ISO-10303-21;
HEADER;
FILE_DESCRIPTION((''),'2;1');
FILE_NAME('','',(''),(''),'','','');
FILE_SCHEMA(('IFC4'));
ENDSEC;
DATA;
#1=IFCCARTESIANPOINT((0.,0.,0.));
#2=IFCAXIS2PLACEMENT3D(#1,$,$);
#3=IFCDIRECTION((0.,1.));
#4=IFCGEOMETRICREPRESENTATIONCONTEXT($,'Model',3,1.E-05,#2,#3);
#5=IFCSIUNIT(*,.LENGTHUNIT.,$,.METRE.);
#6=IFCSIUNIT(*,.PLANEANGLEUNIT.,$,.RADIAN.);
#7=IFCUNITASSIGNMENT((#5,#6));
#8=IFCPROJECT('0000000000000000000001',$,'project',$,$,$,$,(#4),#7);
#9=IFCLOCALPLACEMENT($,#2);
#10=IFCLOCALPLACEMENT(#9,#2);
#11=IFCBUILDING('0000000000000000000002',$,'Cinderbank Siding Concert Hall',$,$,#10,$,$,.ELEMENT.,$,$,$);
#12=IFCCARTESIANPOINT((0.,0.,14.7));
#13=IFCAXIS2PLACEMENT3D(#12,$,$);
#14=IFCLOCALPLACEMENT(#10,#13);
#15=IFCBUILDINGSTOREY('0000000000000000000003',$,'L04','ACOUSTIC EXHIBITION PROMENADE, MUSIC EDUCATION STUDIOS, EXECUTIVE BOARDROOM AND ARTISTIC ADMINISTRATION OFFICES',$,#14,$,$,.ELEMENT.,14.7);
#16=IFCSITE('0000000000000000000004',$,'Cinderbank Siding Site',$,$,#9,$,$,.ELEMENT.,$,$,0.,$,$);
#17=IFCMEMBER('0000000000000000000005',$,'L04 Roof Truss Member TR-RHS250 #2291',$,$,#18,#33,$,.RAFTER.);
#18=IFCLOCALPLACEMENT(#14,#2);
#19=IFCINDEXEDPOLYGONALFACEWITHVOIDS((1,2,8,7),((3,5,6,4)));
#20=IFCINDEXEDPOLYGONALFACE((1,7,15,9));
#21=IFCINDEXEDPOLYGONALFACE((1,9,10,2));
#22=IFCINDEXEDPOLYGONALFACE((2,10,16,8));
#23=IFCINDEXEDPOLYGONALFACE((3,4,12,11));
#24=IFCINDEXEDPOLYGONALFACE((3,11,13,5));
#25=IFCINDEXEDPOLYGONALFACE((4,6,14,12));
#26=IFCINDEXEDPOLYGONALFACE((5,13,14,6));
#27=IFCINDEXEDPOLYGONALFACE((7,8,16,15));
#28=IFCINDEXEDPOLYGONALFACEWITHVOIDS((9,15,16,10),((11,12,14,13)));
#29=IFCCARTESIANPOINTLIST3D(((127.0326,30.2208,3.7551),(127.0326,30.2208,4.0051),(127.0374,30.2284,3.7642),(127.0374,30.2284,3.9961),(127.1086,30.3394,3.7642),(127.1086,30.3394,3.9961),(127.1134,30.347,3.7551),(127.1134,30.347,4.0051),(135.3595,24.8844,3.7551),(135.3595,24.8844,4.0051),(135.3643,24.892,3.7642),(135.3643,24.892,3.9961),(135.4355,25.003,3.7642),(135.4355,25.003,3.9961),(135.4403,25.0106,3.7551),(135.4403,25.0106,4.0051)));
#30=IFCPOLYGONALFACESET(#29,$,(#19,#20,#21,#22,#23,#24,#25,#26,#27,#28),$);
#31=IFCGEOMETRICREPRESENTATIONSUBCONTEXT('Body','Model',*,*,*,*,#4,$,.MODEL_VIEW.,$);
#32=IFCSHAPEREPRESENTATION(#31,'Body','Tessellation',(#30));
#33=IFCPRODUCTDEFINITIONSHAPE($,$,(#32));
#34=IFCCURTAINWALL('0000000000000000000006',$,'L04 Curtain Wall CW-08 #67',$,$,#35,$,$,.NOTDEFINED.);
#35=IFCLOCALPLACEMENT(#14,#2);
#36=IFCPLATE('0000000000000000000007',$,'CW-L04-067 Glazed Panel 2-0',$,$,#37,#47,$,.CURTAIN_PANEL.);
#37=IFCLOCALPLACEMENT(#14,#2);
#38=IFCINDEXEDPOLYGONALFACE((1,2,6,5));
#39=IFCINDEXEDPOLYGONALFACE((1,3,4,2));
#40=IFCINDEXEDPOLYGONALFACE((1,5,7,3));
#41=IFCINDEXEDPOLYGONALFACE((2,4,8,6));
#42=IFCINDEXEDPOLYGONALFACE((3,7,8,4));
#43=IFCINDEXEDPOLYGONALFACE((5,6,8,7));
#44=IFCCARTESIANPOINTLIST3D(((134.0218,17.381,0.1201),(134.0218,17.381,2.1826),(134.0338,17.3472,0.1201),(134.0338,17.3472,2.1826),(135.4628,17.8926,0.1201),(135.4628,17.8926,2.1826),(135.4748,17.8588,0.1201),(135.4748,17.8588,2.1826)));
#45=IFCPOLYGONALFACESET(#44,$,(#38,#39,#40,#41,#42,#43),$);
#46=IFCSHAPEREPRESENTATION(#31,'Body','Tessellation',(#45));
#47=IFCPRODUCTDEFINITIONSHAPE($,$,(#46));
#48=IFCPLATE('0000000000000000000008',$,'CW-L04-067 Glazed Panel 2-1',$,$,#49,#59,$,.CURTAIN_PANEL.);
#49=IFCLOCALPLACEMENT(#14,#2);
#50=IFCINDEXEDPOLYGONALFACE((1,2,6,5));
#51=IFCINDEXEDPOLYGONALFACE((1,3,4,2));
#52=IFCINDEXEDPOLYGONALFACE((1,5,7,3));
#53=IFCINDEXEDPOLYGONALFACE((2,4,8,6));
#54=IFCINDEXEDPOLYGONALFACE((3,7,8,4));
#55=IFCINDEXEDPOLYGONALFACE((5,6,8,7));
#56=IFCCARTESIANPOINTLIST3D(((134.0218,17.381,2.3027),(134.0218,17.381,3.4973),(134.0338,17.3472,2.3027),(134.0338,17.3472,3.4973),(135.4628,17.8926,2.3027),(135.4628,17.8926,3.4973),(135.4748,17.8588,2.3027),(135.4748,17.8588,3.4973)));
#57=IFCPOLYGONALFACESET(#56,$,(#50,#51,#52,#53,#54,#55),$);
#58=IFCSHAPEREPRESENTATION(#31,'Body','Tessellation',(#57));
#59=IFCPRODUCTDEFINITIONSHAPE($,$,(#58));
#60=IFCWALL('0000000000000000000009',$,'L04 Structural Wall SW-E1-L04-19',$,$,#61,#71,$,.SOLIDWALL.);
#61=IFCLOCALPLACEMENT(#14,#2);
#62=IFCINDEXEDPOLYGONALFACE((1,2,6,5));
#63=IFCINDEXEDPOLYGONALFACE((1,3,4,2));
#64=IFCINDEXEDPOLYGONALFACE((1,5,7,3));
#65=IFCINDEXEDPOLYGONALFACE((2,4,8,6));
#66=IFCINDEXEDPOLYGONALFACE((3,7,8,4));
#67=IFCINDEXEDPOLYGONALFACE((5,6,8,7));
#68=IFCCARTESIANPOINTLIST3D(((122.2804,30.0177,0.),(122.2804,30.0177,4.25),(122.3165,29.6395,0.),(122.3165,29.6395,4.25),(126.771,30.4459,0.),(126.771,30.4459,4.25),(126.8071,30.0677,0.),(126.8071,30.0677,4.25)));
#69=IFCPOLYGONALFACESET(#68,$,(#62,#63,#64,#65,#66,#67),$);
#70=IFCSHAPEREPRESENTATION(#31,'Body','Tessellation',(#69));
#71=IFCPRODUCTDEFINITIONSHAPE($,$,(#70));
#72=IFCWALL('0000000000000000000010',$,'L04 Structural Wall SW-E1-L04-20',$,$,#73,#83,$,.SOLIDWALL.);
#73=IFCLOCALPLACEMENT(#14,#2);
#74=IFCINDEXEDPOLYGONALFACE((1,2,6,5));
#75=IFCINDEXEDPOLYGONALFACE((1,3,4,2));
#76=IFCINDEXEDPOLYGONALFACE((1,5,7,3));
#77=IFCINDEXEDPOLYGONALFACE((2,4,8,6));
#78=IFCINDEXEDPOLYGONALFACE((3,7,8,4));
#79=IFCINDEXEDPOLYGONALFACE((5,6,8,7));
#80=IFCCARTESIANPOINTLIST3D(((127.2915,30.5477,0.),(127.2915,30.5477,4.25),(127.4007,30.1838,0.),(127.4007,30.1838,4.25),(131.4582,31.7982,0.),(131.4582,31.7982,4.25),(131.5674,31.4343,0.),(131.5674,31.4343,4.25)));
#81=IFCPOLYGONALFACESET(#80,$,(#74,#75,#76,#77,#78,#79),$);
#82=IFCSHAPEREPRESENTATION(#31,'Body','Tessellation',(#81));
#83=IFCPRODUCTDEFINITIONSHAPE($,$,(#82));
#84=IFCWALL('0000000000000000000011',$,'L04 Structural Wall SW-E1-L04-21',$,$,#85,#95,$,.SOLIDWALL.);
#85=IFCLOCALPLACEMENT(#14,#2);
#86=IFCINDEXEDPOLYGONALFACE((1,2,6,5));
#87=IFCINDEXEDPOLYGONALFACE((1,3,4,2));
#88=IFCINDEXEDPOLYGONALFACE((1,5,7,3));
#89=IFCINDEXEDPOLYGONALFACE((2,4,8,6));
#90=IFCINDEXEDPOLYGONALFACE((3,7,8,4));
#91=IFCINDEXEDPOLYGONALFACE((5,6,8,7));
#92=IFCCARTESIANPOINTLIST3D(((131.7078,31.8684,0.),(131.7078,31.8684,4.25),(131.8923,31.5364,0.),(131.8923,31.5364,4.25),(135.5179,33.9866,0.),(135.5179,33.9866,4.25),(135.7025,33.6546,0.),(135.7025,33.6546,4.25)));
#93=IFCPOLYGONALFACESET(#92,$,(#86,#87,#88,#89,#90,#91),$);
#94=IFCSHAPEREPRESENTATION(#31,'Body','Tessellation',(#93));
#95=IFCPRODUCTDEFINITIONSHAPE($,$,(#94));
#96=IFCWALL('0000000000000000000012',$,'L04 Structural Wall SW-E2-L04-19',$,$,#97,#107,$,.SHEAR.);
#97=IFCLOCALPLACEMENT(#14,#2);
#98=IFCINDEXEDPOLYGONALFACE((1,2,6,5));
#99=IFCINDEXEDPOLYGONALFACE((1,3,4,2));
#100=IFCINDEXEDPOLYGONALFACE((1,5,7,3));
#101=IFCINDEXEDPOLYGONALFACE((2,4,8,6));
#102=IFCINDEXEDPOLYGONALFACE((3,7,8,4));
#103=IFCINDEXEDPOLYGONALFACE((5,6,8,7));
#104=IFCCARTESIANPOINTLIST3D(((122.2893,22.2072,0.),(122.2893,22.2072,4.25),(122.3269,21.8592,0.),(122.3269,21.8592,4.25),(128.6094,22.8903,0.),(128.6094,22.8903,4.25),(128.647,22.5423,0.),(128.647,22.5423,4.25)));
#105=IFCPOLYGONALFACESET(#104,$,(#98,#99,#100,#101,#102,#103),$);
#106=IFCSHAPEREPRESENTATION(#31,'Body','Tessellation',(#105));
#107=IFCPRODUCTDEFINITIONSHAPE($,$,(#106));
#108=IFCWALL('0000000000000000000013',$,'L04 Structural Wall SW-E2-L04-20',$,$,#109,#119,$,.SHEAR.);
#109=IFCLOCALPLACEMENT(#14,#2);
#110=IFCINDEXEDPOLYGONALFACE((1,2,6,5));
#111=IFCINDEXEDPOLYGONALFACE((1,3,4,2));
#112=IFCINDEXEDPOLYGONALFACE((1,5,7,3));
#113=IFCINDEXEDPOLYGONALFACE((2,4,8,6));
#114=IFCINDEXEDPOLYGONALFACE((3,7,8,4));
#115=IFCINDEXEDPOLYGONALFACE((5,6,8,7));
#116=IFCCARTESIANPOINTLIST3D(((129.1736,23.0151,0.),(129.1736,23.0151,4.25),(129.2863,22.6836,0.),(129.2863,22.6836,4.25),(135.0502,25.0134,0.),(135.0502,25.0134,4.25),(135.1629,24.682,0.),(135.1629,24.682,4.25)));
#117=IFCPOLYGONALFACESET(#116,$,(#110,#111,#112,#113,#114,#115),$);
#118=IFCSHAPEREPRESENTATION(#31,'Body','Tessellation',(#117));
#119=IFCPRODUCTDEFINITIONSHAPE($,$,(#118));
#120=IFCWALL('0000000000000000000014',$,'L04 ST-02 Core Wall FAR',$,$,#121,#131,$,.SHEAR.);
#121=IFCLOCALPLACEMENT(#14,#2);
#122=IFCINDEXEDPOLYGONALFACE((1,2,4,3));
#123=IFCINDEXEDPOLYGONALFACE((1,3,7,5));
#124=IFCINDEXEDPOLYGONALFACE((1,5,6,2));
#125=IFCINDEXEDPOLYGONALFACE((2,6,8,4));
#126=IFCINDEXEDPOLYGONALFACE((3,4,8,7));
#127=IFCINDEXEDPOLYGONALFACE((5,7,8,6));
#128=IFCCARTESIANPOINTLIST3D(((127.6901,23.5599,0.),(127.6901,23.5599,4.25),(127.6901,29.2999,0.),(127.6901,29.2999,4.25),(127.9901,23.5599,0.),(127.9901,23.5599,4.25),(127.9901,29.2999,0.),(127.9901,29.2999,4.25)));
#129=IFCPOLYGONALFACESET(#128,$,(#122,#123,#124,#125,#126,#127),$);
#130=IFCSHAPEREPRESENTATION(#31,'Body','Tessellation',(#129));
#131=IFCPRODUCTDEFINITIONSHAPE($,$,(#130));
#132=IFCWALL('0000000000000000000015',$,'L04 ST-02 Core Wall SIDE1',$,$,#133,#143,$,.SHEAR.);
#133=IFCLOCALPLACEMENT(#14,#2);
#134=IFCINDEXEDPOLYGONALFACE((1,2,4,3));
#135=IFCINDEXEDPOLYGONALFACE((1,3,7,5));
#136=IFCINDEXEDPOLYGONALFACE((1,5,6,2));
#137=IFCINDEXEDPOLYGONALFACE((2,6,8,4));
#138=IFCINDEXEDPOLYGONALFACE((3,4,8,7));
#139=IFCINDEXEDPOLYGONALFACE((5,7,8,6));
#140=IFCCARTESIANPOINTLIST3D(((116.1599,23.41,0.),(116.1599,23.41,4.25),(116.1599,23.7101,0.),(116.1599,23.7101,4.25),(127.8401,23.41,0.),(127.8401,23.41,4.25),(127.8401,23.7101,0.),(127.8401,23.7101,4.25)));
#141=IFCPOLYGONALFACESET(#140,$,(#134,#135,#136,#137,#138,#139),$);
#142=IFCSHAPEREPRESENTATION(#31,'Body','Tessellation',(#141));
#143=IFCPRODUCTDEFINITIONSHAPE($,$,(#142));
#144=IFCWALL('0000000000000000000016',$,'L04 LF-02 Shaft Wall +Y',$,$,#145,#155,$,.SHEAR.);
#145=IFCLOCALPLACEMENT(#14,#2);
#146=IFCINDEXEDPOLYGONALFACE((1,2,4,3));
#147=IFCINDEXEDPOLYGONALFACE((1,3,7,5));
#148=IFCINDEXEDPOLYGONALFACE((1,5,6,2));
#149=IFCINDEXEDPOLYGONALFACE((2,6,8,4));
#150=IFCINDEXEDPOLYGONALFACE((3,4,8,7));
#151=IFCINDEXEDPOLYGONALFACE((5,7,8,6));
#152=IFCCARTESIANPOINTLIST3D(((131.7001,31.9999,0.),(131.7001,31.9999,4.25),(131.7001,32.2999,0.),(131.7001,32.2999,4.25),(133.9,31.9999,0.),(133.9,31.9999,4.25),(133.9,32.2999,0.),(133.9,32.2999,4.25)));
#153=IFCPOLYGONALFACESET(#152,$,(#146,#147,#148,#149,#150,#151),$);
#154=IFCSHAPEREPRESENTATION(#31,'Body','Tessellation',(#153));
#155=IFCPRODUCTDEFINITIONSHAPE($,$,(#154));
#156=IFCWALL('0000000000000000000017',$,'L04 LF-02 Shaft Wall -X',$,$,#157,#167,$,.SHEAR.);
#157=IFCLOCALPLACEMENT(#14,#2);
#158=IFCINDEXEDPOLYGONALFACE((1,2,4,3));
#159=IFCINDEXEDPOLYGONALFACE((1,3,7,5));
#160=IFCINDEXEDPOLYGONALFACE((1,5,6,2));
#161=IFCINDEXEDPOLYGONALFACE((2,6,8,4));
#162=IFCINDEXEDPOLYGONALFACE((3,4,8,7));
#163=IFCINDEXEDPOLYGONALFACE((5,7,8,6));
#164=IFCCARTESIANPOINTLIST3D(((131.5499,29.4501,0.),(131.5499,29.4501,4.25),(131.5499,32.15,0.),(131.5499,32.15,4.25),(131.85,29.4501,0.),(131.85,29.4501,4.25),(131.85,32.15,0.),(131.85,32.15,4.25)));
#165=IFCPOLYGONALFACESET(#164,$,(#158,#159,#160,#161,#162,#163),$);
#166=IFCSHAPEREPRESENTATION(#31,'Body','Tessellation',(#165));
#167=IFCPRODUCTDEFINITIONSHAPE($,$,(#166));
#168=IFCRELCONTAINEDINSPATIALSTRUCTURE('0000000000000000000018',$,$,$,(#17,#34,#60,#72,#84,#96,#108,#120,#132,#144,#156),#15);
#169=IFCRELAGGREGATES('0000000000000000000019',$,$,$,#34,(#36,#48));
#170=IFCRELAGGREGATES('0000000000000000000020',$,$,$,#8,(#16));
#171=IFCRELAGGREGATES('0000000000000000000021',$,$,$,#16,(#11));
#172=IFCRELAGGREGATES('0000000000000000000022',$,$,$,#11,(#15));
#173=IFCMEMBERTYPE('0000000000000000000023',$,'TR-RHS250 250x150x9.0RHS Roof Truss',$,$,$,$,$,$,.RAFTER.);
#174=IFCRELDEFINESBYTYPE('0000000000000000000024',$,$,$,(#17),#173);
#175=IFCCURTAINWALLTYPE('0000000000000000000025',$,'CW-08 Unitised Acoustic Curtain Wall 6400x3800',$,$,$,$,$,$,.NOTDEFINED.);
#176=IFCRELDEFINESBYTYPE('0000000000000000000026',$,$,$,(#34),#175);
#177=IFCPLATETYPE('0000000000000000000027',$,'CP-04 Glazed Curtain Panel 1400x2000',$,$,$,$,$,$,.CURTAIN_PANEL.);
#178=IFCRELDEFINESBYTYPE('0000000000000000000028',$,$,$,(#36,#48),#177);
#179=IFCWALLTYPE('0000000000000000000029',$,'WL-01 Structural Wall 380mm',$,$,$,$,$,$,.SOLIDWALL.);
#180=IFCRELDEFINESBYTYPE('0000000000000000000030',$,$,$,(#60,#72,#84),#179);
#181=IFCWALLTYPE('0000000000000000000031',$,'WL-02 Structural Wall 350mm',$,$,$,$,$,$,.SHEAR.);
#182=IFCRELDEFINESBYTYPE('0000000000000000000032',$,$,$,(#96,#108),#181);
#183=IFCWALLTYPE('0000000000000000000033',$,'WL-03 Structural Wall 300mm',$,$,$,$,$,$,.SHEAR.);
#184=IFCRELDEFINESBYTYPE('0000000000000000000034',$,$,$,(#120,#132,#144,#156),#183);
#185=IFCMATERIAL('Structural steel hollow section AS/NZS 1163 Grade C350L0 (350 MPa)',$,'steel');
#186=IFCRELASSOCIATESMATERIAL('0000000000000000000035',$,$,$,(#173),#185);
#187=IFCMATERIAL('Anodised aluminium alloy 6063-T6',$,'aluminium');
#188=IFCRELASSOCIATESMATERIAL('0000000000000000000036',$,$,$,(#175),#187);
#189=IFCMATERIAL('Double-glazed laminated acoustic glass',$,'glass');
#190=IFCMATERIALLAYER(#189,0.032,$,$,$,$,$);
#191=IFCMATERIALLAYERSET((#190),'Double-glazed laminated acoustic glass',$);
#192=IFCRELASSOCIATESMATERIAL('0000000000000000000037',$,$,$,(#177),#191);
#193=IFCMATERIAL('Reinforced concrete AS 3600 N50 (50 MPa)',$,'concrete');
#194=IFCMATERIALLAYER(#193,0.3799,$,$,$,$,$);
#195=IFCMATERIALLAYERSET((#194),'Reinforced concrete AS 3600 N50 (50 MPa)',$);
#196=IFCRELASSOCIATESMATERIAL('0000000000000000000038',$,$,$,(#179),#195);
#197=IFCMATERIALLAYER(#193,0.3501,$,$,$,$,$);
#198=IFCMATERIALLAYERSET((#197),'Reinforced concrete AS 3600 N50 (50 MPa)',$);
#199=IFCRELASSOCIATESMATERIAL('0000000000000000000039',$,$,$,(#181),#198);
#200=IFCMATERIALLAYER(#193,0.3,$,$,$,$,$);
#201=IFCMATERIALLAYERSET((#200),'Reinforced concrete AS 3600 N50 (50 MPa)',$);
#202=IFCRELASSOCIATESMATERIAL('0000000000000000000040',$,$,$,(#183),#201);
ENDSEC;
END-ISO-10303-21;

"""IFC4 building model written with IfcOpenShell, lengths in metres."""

from ifc_helpers import new_model, si_unit, direction, frame, frame_2d, origin, origin_2d, place, context, subcontext, project, spatial, rectangle, hollow_rectangle, extrude, material, layer, layer_set, material_profile, profile_set, type_object, element, aggregate, save


model = new_model("IFC4")

# Units and contexts
model_context = context("Model", 3, precision=1e-05, world=origin(), true_north=direction((0.0, 1.0)))
body_context = subcontext(model_context, "Body", "Model", "MODEL_VIEW")
ifc_project = project(units=[si_unit("LENGTHUNIT", "METRE"), si_unit("PLANEANGLEUNIT", "RADIAN")], contexts=[model_context])

# Site, building, storey
site_placement = place(None, origin())
site = spatial("IfcSite", under=ifc_project, at=site_placement, Name="Cinderbank Siding Site", CompositionType="ELEMENT", RefElevation=0.0)
building_placement = place(site_placement, origin())
building = spatial("IfcBuilding", under=site, at=building_placement, Name="Cinderbank Siding Concert Hall", CompositionType="ELEMENT")
storey_placement = place(building_placement, frame((0.0, 0.0, 14.7)))
storey = spatial("IfcBuildingStorey", under=building, at=storey_placement, Name="L04", Description="ACOUSTIC EXHIBITION PROMENADE, MUSIC EDUCATION STUDIOS, EXECUTIVE BOARDROOM AND ARTISTIC ADMINISTRATION OFFICES", CompositionType="ELEMENT", Elevation=14.7)

# Shared definitions
ifc_material_1 = material(Name="Reinforced concrete AS 3600 N50 (50 MPa)", Category="concrete")

# Member
ifc_material_2 = material(Name="Structural steel hollow section AS/NZS 1163 Grade C350L0 (350 MPa)", Category="steel")
ifc_material_profile_1 = material_profile(ifc_material_2, hollow_rectangle(XDim=0.1499, YDim=0.25, WallThickness=0.009, at=origin_2d()), Name="250x150x9.0RHS", Category="LoadBearing")
ifc_profile_set_1 = profile_set([ifc_material_profile_1], Name="Structural steel hollow section AS/NZS 1163 Grade C350L0 (350 MPa)")
member_type = type_object("IfcMemberType", Name="TR-RHS250 250x150x9.0RHS Roof Truss", PredefinedType="RAFTER", material=ifc_profile_set_1)
member_placement = place(storey_placement, frame((127.073, 30.2839, 3.8801), z_axis=(0.84194, -0.539571, 0.0), x_axis=(0.539571, 0.84194, 0.0)))
element("IfcMember", 1, at=member_placement, inside=storey, type_object=member_type, Name="L04 Roof Truss Member TR-RHS250 #2291", PredefinedType="RAFTER", context=body_context, shape_type="SweptSolid", body=[
    extrude(hollow_rectangle(XDim=0.1499, YDim=0.25, WallThickness=0.009, at=origin_2d()), origin(), (0.0, 0.0, 1.0), 9.8901),
])

# Curtain wall, plates
ifc_material_3 = material(Name="Anodised aluminium alloy 6063-T6", Category="aluminium")
curtain_wall_type = type_object("IfcCurtainWallType", Name="CW-08 Unitised Acoustic Curtain Wall 6400x3800", PredefinedType="NOTDEFINED", material=ifc_material_3)
curtain_wall_placement = place(storey_placement, origin())
curtain_wall = element("IfcCurtainWall", 2, at=curtain_wall_placement, inside=storey, type_object=curtain_wall_type, Name="L04 Curtain Wall CW-08 #67", PredefinedType="NOTDEFINED")
ifc_material_4 = material(Name="Double-glazed laminated acoustic glass", Category="glass")
ifc_layer_1 = layer(ifc_material_4, 0.032)
ifc_layer_set_1 = layer_set([ifc_layer_1], Name="Double-glazed laminated acoustic glass")
plate_type = type_object("IfcPlateType", Name="CP-04 Glazed Curtain Panel 1400x2000", PredefinedType="CURTAIN_PANEL", material=ifc_layer_set_1)
plate_1_placement = place(storey_placement, frame((134.7483, 17.6199, 0.1201), z_axis=(0.0, 0.0, 1.0), x_axis=(0.942366, 0.334585, 0.0)))
plate_1 = element("IfcPlate", 3, at=plate_1_placement, type_object=plate_type, Name="CW-L04-067 Glazed Panel 2-0", PredefinedType="CURTAIN_PANEL", context=body_context, shape_type="SweptSolid", body=[
    extrude(rectangle(XDim=1.5291, YDim=0.0359, at=origin_2d()), origin(), (0.0, 0.0, 1.0), 2.0625),
])
plate_2_placement = place(storey_placement, frame((134.7483, 17.6199, 2.3027), z_axis=(0.0, 0.0, 1.0), x_axis=(0.942366, 0.334585, 0.0)))
plate_2 = element("IfcPlate", 4, at=plate_2_placement, type_object=plate_type, Name="CW-L04-067 Glazed Panel 2-1", PredefinedType="CURTAIN_PANEL", context=body_context, shape_type="SweptSolid", body=[
    extrude(rectangle(XDim=1.5291, YDim=0.0359, at=origin_2d()), origin(), (0.0, 0.0, 1.0), 1.1946),
])
aggregate(curtain_wall, [plate_1, plate_2])

# Walls
ifc_layer_2 = layer(ifc_material_1, 0.3799)
ifc_layer_set_2 = layer_set([ifc_layer_2], Name="Reinforced concrete AS 3600 N50 (50 MPa)")
wall_type_1 = type_object("IfcWallType", Name="WL-01 Structural Wall 380mm", PredefinedType="SOLIDWALL", material=ifc_layer_set_2)
wall_1_placement = place(storey_placement, frame((122.2986, 29.8286, 0.0), z_axis=(0.0, 0.0, 1.0), x_axis=(0.995484, 0.094927, 0.0)))
element("IfcWall", 5, at=wall_1_placement, inside=storey, type_object=wall_type_1, Name="L04 Structural Wall SW-E1-L04-19", PredefinedType="SOLIDWALL", context=body_context, shape_type="SweptSolid", body=[
    extrude(rectangle(XDim=4.511, YDim=0.3799, at=frame_2d((2.2554, 0.0))), origin(), (0.0, 0.0, 1.0), 4.25),
])
wall_2_placement = place(storey_placement, frame((127.3459, 30.3657, 0.0), z_axis=(0.0, 0.0, 1.0), x_axis=(0.957797, 0.287446, 0.0)))
element("IfcWall", 6, at=wall_2_placement, inside=storey, type_object=wall_type_1, Name="L04 Structural Wall SW-E1-L04-20", PredefinedType="SOLIDWALL", context=body_context, shape_type="SweptSolid", body=[
    extrude(rectangle(XDim=4.3503, YDim=0.3799, at=frame_2d((2.1753, 0.0))), origin(), (0.0, 0.0, 1.0), 4.25),
])
wall_3_placement = place(storey_placement, frame((131.8, 31.7024, 0.0), z_axis=(0.0, 0.0, 1.0), x_axis=(0.874015, 0.4859, 0.0)))
element("IfcWall", 7, at=wall_3_placement, inside=storey, type_object=wall_type_1, Name="L04 Structural Wall SW-E1-L04-21", PredefinedType="SOLIDWALL", context=body_context, shape_type="SweptSolid", body=[
    extrude(rectangle(XDim=4.3594, YDim=0.3799, at=frame_2d((2.1797, 0.0))), origin(), (0.0, 0.0, 1.0), 4.25),
])
ifc_layer_3 = layer(ifc_material_1, 0.3501)
ifc_layer_set_3 = layer_set([ifc_layer_3], Name="Reinforced concrete AS 3600 N50 (50 MPa)")
wall_type_2 = type_object("IfcWallType", Name="WL-02 Structural Wall 350mm", PredefinedType="SHEAR", material=ifc_layer_set_3)
wall_4_placement = place(storey_placement, frame((122.3081, 22.0332, 0.0), z_axis=(0.0, 0.0, 1.0), x_axis=(0.994209, 0.107459, 0.0)))
element("IfcWall", 8, at=wall_4_placement, inside=storey, type_object=wall_type_2, Name="L04 Structural Wall SW-E2-L04-19", PredefinedType="SHEAR", context=body_context, shape_type="SweptSolid", body=[
    extrude(rectangle(XDim=6.3569, YDim=0.3501, at=frame_2d((3.1785, 0.0))), origin(), (0.0, 0.0, 1.0), 4.25),
])
wall_5_placement = place(storey_placement, frame((129.23, 22.8494, 0.0), z_axis=(0.0, 0.0, 1.0), x_axis=(0.946758, 0.321945, 0.0)))
element("IfcWall", 9, at=wall_5_placement, inside=storey, type_object=wall_type_2, Name="L04 Structural Wall SW-E2-L04-20", PredefinedType="SHEAR", context=body_context, shape_type="SweptSolid", body=[
    extrude(rectangle(XDim=6.207, YDim=0.3501, at=frame_2d((3.1035, 0.0))), origin(), (0.0, 0.0, 1.0), 4.25),
])
ifc_layer_4 = layer(ifc_material_1, 0.3)
ifc_layer_set_4 = layer_set([ifc_layer_4], Name="Reinforced concrete AS 3600 N50 (50 MPa)")
wall_type_3 = type_object("IfcWallType", Name="WL-03 Structural Wall 300mm", PredefinedType="SHEAR", material=ifc_layer_set_4)
wall_6_placement = place(storey_placement, frame((127.8401, 29.3, 0.0), z_axis=(0.0, 0.0, 1.0), x_axis=(0.0, -1.0, 0.0)))
element("IfcWall", 10, at=wall_6_placement, inside=storey, type_object=wall_type_3, Name="L04 ST-02 Core Wall FAR", PredefinedType="SHEAR", context=body_context, shape_type="SweptSolid", body=[
    extrude(rectangle(XDim=5.74, YDim=0.3, at=frame_2d((2.8701, 0.0))), origin(), (0.0, 0.0, 1.0), 4.25),
])
wall_7_placement = place(storey_placement, frame((127.8401, 23.5601, 0.0), z_axis=(0.0, 0.0, 1.0), x_axis=(-1.0, 0.0, 0.0)))
element("IfcWall", 11, at=wall_7_placement, inside=storey, type_object=wall_type_3, Name="L04 ST-02 Core Wall SIDE1", PredefinedType="SHEAR", context=body_context, shape_type="SweptSolid", body=[
    extrude(rectangle(XDim=11.6802, YDim=0.3, at=frame_2d((5.8401, 0.0))), origin(), (0.0, 0.0, 1.0), 4.25),
])

# Walls
wall_8_placement = place(storey_placement, frame((131.7, 32.1499, 0.0), z_axis=(0.0, 0.0, 1.0), x_axis=(1.0, 0.0, 0.0)))
element("IfcWall", 12, at=wall_8_placement, inside=storey, type_object=wall_type_3, Name="L04 LF-02 Shaft Wall +Y", PredefinedType="SHEAR", context=body_context, shape_type="SweptSolid", body=[
    extrude(rectangle(XDim=2.2, YDim=0.3, at=frame_2d((1.1001, 0.0))), origin(), (0.0, 0.0, 1.0), 4.25),
])
wall_9_placement = place(storey_placement, frame((131.7, 29.45, 0.0), z_axis=(0.0, 0.0, 1.0), x_axis=(0.0, 1.0, 0.0)))
element("IfcWall", 13, at=wall_9_placement, inside=storey, type_object=wall_type_3, Name="L04 LF-02 Shaft Wall -X", PredefinedType="SHEAR", context=body_context, shape_type="SweptSolid", body=[
    extrude(rectangle(XDim=2.7, YDim=0.3, at=frame_2d((1.3501, 0.0))), origin(), (0.0, 0.0, 1.0), 4.25),
])

save(model, "model.ifc")
